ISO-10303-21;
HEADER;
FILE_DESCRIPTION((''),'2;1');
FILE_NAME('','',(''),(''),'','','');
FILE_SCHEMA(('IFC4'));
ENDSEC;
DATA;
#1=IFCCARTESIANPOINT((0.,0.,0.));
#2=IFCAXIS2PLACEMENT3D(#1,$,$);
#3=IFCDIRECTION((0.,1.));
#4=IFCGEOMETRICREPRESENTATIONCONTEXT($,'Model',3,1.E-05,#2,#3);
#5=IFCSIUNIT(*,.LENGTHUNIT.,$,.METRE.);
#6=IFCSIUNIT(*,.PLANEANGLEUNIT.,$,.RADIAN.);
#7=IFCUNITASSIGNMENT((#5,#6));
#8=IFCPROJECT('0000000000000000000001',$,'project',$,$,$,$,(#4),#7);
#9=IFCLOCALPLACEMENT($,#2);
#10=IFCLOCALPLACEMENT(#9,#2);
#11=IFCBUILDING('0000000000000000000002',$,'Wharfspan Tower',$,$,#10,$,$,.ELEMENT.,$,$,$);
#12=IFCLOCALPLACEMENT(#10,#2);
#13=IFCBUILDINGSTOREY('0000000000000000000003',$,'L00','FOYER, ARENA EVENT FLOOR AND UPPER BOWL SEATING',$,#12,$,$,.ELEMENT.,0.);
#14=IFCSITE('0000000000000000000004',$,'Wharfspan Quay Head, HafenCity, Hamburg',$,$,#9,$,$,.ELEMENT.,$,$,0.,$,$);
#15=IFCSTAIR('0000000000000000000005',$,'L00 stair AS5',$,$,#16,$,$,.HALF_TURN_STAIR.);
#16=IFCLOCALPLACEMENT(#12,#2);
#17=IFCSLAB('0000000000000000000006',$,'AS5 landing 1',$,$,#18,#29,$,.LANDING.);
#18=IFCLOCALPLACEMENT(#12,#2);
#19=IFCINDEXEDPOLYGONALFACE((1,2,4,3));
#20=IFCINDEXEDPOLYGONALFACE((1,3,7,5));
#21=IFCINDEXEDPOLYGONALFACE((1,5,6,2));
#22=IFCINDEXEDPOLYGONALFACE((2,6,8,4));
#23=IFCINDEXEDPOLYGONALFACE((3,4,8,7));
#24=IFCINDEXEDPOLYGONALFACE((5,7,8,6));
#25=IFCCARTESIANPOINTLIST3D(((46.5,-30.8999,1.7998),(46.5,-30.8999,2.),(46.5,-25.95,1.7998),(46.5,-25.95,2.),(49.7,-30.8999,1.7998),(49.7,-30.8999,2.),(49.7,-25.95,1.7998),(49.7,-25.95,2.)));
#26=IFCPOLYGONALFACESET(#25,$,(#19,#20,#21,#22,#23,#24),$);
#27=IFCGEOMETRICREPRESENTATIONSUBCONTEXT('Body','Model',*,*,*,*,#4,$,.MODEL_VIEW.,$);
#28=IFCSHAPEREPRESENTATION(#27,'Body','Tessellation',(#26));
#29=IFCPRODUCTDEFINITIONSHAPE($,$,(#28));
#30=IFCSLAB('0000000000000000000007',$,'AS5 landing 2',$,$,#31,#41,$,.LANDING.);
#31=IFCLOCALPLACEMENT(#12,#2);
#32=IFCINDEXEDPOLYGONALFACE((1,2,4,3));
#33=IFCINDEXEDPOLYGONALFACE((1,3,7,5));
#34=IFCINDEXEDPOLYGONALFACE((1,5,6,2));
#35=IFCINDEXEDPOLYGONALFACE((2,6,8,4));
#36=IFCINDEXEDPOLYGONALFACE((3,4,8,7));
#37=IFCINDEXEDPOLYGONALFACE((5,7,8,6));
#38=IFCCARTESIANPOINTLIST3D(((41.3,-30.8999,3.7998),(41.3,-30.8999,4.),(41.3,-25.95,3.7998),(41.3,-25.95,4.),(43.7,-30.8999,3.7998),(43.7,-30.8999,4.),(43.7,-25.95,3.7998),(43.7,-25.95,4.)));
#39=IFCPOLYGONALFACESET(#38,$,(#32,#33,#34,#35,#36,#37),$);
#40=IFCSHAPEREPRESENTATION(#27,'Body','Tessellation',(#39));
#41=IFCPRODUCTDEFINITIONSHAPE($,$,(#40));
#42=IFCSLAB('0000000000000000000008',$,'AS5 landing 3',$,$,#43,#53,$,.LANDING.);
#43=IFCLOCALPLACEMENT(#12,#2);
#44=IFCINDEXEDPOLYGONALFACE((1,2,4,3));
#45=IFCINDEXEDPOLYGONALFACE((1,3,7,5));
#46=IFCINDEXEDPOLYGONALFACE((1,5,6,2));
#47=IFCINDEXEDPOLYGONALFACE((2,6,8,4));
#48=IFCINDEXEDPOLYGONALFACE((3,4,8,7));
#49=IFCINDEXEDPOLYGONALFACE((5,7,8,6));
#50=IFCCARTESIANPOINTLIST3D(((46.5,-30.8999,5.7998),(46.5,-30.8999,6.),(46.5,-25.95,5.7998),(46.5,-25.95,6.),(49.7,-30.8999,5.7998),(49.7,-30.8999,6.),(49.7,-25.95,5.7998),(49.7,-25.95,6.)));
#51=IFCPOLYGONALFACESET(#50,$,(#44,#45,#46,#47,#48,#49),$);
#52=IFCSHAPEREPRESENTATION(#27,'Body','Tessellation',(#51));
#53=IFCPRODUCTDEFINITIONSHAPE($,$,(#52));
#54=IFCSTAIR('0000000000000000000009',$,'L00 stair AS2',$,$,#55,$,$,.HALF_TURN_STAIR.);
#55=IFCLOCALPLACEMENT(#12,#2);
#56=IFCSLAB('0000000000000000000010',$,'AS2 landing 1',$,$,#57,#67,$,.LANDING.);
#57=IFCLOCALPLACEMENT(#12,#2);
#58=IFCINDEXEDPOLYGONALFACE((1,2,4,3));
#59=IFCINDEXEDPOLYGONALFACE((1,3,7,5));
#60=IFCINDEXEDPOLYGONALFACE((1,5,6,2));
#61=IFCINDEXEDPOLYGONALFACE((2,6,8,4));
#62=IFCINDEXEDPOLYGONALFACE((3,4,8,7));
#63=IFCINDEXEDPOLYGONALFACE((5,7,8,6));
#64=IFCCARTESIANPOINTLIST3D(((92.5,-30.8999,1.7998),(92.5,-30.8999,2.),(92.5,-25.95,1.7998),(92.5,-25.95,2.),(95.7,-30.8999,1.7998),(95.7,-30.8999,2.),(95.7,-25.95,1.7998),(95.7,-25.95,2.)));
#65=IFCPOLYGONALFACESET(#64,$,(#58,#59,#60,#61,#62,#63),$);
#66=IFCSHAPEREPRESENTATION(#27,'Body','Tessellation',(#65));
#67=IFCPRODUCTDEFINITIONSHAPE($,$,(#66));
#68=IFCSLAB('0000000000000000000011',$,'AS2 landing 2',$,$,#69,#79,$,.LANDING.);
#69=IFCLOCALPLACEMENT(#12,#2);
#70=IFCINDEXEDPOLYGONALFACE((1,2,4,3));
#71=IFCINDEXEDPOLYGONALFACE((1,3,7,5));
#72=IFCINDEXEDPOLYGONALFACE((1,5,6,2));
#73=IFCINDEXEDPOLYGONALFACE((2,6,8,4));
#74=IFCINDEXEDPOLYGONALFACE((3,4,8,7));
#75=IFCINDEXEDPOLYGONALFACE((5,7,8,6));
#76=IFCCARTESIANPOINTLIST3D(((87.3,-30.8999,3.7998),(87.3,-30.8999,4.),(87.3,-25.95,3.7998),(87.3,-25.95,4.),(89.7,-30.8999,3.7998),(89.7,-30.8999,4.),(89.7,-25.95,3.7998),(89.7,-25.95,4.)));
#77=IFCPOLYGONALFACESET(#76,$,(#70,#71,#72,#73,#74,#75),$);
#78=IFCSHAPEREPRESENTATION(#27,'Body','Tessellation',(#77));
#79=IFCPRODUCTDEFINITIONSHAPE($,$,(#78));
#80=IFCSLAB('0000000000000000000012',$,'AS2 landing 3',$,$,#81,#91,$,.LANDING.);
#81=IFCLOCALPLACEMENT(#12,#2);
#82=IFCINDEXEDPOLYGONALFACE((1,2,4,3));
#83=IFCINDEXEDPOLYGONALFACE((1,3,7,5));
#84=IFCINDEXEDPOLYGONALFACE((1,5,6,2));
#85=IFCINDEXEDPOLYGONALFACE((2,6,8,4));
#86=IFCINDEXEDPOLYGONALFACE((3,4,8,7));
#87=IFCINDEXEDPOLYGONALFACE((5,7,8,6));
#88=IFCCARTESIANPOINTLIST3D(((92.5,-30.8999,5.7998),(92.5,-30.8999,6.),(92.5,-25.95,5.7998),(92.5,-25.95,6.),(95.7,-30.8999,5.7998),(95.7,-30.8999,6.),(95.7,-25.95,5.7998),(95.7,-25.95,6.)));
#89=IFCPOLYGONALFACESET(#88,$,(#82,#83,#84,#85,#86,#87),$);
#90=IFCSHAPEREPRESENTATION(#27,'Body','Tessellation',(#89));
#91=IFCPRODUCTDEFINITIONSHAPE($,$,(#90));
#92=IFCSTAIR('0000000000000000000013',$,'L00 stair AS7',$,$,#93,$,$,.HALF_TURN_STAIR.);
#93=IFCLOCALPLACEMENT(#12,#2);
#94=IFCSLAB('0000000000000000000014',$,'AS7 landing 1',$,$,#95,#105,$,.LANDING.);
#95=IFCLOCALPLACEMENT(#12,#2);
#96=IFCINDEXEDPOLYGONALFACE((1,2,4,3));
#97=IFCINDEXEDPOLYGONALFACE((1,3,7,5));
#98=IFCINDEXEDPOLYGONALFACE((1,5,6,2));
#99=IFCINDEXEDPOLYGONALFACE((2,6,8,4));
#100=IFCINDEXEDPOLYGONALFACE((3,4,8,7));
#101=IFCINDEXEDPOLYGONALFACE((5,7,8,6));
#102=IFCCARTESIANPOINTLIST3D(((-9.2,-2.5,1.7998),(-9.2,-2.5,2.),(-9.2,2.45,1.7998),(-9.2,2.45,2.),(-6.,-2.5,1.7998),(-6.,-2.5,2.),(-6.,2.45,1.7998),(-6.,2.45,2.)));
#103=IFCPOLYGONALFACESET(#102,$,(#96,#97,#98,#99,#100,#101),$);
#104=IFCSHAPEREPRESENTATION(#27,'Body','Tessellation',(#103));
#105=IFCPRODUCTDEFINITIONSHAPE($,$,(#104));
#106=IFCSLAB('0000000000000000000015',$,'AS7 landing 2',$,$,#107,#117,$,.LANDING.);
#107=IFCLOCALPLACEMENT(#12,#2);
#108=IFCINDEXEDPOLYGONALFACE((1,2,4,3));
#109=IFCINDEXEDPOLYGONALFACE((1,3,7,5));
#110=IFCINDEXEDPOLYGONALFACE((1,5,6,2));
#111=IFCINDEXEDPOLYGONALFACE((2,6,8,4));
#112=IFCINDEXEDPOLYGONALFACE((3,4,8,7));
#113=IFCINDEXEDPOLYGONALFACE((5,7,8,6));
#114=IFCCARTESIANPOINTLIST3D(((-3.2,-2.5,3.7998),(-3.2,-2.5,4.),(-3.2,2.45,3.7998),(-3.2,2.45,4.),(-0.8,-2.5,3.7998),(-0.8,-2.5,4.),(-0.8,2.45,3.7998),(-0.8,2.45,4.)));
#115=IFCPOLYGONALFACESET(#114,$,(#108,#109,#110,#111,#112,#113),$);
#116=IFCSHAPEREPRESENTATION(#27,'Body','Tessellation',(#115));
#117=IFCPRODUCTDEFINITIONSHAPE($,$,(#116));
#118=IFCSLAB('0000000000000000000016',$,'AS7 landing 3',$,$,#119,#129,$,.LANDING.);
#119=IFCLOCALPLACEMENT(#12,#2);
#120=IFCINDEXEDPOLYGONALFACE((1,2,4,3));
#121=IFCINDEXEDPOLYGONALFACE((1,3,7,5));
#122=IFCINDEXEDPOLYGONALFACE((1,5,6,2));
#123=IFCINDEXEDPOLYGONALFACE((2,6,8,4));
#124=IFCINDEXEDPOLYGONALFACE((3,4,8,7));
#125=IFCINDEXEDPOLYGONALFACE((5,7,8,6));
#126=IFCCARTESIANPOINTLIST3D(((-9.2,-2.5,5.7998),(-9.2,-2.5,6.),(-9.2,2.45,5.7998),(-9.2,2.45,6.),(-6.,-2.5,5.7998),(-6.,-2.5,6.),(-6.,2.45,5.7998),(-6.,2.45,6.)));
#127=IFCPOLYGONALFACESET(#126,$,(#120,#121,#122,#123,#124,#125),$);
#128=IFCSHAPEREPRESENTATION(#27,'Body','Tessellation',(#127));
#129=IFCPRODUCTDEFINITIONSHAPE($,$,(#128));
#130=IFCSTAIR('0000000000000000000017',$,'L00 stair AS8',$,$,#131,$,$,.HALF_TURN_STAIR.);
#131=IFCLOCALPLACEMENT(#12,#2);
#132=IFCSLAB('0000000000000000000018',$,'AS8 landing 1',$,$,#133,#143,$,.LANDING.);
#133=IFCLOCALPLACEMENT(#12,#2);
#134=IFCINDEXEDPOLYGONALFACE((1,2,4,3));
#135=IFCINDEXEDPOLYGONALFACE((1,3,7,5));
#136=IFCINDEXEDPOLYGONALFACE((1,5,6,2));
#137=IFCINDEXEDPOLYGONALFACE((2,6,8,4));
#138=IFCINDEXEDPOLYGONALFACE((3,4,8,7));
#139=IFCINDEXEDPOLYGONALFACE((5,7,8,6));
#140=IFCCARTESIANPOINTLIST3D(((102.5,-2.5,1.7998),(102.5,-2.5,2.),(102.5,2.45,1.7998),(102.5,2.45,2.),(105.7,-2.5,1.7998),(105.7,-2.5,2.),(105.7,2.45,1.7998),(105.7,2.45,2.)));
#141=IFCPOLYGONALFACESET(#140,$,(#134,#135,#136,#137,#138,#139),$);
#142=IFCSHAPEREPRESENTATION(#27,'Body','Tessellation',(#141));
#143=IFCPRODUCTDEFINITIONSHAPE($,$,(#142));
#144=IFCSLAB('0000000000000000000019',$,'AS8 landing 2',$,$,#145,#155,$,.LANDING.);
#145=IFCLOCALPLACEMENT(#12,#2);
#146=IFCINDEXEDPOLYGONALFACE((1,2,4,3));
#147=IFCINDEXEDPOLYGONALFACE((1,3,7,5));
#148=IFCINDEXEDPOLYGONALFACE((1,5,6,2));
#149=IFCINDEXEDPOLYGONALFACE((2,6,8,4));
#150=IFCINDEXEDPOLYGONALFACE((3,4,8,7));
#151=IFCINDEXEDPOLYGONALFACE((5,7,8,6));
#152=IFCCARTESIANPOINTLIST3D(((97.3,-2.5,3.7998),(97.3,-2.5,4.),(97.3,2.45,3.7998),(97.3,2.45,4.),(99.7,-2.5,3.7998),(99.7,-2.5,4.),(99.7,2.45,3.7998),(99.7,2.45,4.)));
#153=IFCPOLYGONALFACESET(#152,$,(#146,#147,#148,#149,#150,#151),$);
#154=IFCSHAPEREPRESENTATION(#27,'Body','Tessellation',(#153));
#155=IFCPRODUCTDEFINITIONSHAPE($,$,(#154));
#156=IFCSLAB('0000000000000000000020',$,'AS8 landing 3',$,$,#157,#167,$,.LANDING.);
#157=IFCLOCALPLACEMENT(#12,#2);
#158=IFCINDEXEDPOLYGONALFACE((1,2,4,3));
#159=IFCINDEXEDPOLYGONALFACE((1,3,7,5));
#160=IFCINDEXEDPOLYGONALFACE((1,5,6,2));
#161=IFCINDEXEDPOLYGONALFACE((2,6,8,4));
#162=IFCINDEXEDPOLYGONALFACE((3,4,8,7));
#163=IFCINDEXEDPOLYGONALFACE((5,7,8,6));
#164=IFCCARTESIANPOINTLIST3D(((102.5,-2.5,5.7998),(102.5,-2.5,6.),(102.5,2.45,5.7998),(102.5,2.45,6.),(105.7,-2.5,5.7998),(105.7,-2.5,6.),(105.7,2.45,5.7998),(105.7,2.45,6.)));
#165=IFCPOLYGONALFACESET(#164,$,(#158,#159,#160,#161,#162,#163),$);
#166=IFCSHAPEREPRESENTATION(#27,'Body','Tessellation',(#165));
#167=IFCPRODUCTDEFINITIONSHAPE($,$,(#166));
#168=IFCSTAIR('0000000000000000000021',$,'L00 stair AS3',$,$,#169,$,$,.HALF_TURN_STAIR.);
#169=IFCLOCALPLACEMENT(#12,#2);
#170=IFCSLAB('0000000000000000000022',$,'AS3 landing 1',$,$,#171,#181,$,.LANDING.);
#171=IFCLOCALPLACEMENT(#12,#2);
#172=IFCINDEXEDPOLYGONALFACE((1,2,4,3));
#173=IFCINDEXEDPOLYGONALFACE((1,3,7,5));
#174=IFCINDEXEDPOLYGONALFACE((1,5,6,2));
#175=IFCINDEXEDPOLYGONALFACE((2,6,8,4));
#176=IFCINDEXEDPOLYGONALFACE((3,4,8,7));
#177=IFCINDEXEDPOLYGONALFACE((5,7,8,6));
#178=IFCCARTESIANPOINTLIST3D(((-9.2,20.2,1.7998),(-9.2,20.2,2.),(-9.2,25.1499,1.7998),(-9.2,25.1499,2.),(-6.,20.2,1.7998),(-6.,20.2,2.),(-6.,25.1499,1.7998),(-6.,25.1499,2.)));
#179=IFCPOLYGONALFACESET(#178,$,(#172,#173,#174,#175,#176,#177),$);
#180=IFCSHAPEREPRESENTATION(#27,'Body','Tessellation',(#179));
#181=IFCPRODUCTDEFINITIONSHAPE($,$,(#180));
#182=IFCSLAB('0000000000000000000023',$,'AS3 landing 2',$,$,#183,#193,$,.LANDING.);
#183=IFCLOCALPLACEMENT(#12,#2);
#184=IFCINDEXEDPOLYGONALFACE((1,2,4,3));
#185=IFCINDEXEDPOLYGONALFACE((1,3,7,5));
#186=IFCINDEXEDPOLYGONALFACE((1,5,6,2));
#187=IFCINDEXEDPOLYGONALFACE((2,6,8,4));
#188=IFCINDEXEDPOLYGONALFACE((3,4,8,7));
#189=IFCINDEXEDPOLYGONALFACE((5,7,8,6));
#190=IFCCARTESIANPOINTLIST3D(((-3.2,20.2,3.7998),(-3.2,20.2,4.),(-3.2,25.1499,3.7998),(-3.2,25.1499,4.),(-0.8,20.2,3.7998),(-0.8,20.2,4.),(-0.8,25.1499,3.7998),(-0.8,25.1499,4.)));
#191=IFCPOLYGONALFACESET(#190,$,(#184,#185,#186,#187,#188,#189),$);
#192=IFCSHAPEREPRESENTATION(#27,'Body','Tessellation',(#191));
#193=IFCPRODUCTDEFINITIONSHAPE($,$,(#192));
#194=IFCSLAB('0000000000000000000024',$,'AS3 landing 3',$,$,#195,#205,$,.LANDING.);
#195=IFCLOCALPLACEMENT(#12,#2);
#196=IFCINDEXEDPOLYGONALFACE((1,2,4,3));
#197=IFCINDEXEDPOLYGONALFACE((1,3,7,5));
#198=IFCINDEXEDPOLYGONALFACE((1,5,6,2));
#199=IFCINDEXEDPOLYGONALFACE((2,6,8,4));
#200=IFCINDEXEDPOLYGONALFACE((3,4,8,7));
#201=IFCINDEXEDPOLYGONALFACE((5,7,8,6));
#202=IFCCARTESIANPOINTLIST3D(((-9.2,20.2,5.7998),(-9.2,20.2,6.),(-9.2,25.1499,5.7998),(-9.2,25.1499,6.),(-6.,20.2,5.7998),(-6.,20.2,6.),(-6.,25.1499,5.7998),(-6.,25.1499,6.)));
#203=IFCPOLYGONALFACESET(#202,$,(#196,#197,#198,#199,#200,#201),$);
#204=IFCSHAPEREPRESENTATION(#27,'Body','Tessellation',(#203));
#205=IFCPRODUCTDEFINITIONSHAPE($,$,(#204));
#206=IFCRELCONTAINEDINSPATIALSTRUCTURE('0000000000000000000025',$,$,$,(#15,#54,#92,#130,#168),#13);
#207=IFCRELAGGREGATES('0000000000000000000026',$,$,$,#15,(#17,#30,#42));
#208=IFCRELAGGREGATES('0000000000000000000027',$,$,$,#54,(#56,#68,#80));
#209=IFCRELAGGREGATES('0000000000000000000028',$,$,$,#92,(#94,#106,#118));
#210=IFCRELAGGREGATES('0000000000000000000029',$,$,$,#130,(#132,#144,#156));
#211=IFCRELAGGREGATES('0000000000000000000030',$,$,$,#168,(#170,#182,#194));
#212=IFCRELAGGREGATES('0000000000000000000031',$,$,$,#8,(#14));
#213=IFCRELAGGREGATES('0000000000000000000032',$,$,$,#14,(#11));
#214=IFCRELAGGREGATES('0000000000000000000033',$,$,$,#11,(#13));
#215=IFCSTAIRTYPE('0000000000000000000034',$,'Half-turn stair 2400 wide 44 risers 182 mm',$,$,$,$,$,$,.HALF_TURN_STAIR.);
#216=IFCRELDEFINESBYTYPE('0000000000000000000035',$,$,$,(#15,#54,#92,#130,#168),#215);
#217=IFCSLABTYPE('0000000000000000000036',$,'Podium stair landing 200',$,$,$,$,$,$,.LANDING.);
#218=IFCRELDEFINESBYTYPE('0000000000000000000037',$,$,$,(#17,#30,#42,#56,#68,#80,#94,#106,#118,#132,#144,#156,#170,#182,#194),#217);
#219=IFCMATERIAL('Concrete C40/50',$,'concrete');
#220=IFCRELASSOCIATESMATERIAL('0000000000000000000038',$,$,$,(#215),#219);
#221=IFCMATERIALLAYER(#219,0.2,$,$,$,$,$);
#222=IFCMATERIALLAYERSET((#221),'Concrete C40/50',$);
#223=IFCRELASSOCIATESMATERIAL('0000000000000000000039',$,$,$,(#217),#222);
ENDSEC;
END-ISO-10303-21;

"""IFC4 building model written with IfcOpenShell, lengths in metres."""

from ifc_helpers import new_model, si_unit, direction, frame, origin, place, context, subcontext, project, spatial, polyline, outline, extrude, material, layer, layer_set, type_object, element, aggregate, save


model = new_model("IFC4")

# Units and contexts
model_context = context("Model", 3, precision=1e-05, world=origin(), true_north=direction((0.0, 1.0)))
body_context = subcontext(model_context, "Body", "Model", "MODEL_VIEW")
ifc_project = project(units=[si_unit("LENGTHUNIT", "METRE"), si_unit("PLANEANGLEUNIT", "RADIAN")], contexts=[model_context])

# Site, building, storey
site_placement = place(None, origin())
site = spatial("IfcSite", under=ifc_project, at=site_placement, Name="Wharfspan Quay Head, HafenCity, Hamburg", CompositionType="ELEMENT", RefElevation=0.0)
building_placement = place(site_placement, origin())
building = spatial("IfcBuilding", under=site, at=building_placement, Name="Wharfspan Tower", CompositionType="ELEMENT")
storey_placement = place(building_placement, origin())
storey = spatial("IfcBuildingStorey", under=building, at=storey_placement, Name="L00", Description="FOYER, ARENA EVENT FLOOR AND UPPER BOWL SEATING", CompositionType="ELEMENT", Elevation=0.0)

# Stairs, slabs
ifc_material = material(Name="Concrete C40/50", Category="concrete")
stair_type = type_object("IfcStairType", Name="Half-turn stair 2400 wide 44 risers 182 mm", PredefinedType="HALF_TURN_STAIR", material=ifc_material)
stair_1_placement = place(storey_placement, origin())
stair_1 = element("IfcStair", 1, at=stair_1_placement, inside=storey, type_object=stair_type, Name="L00 stair AS5", PredefinedType="HALF_TURN_STAIR")
ifc_layer = layer(ifc_material, 0.2)
ifc_layer_set = layer_set([ifc_layer], Name="Concrete C40/50")
slab_type = type_object("IfcSlabType", Name="Podium stair landing 200", PredefinedType="LANDING", material=ifc_layer_set)
slab_1_placement = place(storey_placement, frame((0.0, 0.0, 1.7998)))
slab_1 = element("IfcSlab", 2, at=slab_1_placement, type_object=slab_type, Name="AS5 landing 1", PredefinedType="LANDING", context=body_context, shape_type="SweptSolid", body=[
    extrude(outline(polyline([(46.5, -30.8999), (49.7, -30.8999), (49.7, -25.95), (46.5, -25.95), (46.5, -30.8999)])), origin(), (0.0, 0.0, 1.0), 0.2002),
])
slab_2_placement = place(storey_placement, frame((0.0, 0.0, 3.7998)))
slab_2 = element("IfcSlab", 3, at=slab_2_placement, type_object=slab_type, Name="AS5 landing 2", PredefinedType="LANDING", context=body_context, shape_type="SweptSolid", body=[
    extrude(outline(polyline([(41.3, -30.8999), (43.7, -30.8999), (43.7, -25.95), (41.3, -25.95), (41.3, -30.8999)])), origin(), (0.0, 0.0, 1.0), 0.2002),
])
slab_3_placement = place(storey_placement, frame((0.0, 0.0, 5.7998)))
slab_3 = element("IfcSlab", 4, at=slab_3_placement, type_object=slab_type, Name="AS5 landing 3", PredefinedType="LANDING", context=body_context, shape_type="SweptSolid", body=[
    extrude(outline(polyline([(46.5, -30.8999), (49.7, -30.8999), (49.7, -25.95), (46.5, -25.95), (46.5, -30.8999)])), origin(), (0.0, 0.0, 1.0), 0.2002),
])
aggregate(stair_1, [slab_1, slab_2, slab_3])
stair_2_placement = place(storey_placement, origin())
stair_2 = element("IfcStair", 5, at=stair_2_placement, inside=storey, type_object=stair_type, Name="L00 stair AS2", PredefinedType="HALF_TURN_STAIR")
slab_4_placement = place(storey_placement, frame((0.0, 0.0, 1.7998)))
slab_4 = element("IfcSlab", 6, at=slab_4_placement, type_object=slab_type, Name="AS2 landing 1", PredefinedType="LANDING", context=body_context, shape_type="SweptSolid", body=[
    extrude(outline(polyline([(92.5, -30.8999), (95.7, -30.8999), (95.7, -25.95), (92.5, -25.95), (92.5, -30.8999)])), origin(), (0.0, 0.0, 1.0), 0.2002),
])
slab_5_placement = place(storey_placement, frame((0.0, 0.0, 3.7998)))
slab_5 = element("IfcSlab", 7, at=slab_5_placement, type_object=slab_type, Name="AS2 landing 2", PredefinedType="LANDING", context=body_context, shape_type="SweptSolid", body=[
    extrude(outline(polyline([(87.3, -30.8999), (89.7, -30.8999), (89.7, -25.95), (87.3, -25.95), (87.3, -30.8999)])), origin(), (0.0, 0.0, 1.0), 0.2002),
])
slab_6_placement = place(storey_placement, frame((0.0, 0.0, 5.7998)))
slab_6 = element("IfcSlab", 8, at=slab_6_placement, type_object=slab_type, Name="AS2 landing 3", PredefinedType="LANDING", context=body_context, shape_type="SweptSolid", body=[
    extrude(outline(polyline([(92.5, -30.8999), (95.7, -30.8999), (95.7, -25.95), (92.5, -25.95), (92.5, -30.8999)])), origin(), (0.0, 0.0, 1.0), 0.2002),
])
aggregate(stair_2, [slab_4, slab_5, slab_6])
stair_3_placement = place(storey_placement, origin())
stair_3 = element("IfcStair", 9, at=stair_3_placement, inside=storey, type_object=stair_type, Name="L00 stair AS7", PredefinedType="HALF_TURN_STAIR")
slab_7_placement = place(storey_placement, frame((0.0, 0.0, 1.7998)))
slab_7 = element("IfcSlab", 10, at=slab_7_placement, type_object=slab_type, Name="AS7 landing 1", PredefinedType="LANDING", context=body_context, shape_type="SweptSolid", body=[
    extrude(outline(polyline([(-6.0, 2.45), (-9.2, 2.45), (-9.2, -2.5), (-6.0, -2.5), (-6.0, 2.45)])), origin(), (0.0, 0.0, 1.0), 0.2002),
])
slab_8_placement = place(storey_placement, frame((0.0, 0.0, 3.7998)))
slab_8 = element("IfcSlab", 11, at=slab_8_placement, type_object=slab_type, Name="AS7 landing 2", PredefinedType="LANDING", context=body_context, shape_type="SweptSolid", body=[
    extrude(outline(polyline([(-0.8, 2.45), (-3.2, 2.45), (-3.2, -2.5), (-0.8, -2.5), (-0.8, 2.45)])), origin(), (0.0, 0.0, 1.0), 0.2002),
])
slab_9_placement = place(storey_placement, frame((0.0, 0.0, 5.7998)))
slab_9 = element("IfcSlab", 12, at=slab_9_placement, type_object=slab_type, Name="AS7 landing 3", PredefinedType="LANDING", context=body_context, shape_type="SweptSolid", body=[
    extrude(outline(polyline([(-6.0, 2.45), (-9.2, 2.45), (-9.2, -2.5), (-6.0, -2.5), (-6.0, 2.45)])), origin(), (0.0, 0.0, 1.0), 0.2002),
])
aggregate(stair_3, [slab_7, slab_8, slab_9])
stair_4_placement = place(storey_placement, origin())
stair_4 = element("IfcStair", 13, at=stair_4_placement, inside=storey, type_object=stair_type, Name="L00 stair AS8", PredefinedType="HALF_TURN_STAIR")
slab_10_placement = place(storey_placement, frame((0.0, 0.0, 1.7998)))
slab_10 = element("IfcSlab", 14, at=slab_10_placement, type_object=slab_type, Name="AS8 landing 1", PredefinedType="LANDING", context=body_context, shape_type="SweptSolid", body=[
    extrude(outline(polyline([(102.5, -2.5), (105.7, -2.5), (105.7, 2.45), (102.5, 2.45), (102.5, -2.5)])), origin(), (0.0, 0.0, 1.0), 0.2002),
])
slab_11_placement = place(storey_placement, frame((0.0, 0.0, 3.7998)))
slab_11 = element("IfcSlab", 15, at=slab_11_placement, type_object=slab_type, Name="AS8 landing 2", PredefinedType="LANDING", context=body_context, shape_type="SweptSolid", body=[
    extrude(outline(polyline([(97.3, -2.5), (99.7, -2.5), (99.7, 2.45), (97.3, 2.45), (97.3, -2.5)])), origin(), (0.0, 0.0, 1.0), 0.2002),
])
slab_12_placement = place(storey_placement, frame((0.0, 0.0, 5.7998)))
slab_12 = element("IfcSlab", 16, at=slab_12_placement, type_object=slab_type, Name="AS8 landing 3", PredefinedType="LANDING", context=body_context, shape_type="SweptSolid", body=[
    extrude(outline(polyline([(102.5, -2.5), (105.7, -2.5), (105.7, 2.45), (102.5, 2.45), (102.5, -2.5)])), origin(), (0.0, 0.0, 1.0), 0.2002),
])
aggregate(stair_4, [slab_10, slab_11, slab_12])
stair_5_placement = place(storey_placement, origin())
stair_5 = element("IfcStair", 17, at=stair_5_placement, inside=storey, type_object=stair_type, Name="L00 stair AS3", PredefinedType="HALF_TURN_STAIR")
slab_13_placement = place(storey_placement, frame((0.0, 0.0, 1.7998)))
slab_13 = element("IfcSlab", 18, at=slab_13_placement, type_object=slab_type, Name="AS3 landing 1", PredefinedType="LANDING", context=body_context, shape_type="SweptSolid", body=[
    extrude(outline(polyline([(-6.0, 25.1499), (-9.2, 25.1499), (-9.2, 20.2), (-6.0, 20.2), (-6.0, 25.1499)])), origin(), (0.0, 0.0, 1.0), 0.2002),
])
slab_14_placement = place(storey_placement, frame((0.0, 0.0, 3.7998)))
slab_14 = element("IfcSlab", 19, at=slab_14_placement, type_object=slab_type, Name="AS3 landing 2", PredefinedType="LANDING", context=body_context, shape_type="SweptSolid", body=[
    extrude(outline(polyline([(-0.8, 25.1499), (-3.2, 25.1499), (-3.2, 20.2), (-0.8, 20.2), (-0.8, 25.1499)])), origin(), (0.0, 0.0, 1.0), 0.2002),
])
slab_15_placement = place(storey_placement, frame((0.0, 0.0, 5.7998)))
slab_15 = element("IfcSlab", 20, at=slab_15_placement, type_object=slab_type, Name="AS3 landing 3", PredefinedType="LANDING", context=body_context, shape_type="SweptSolid", body=[
    extrude(outline(polyline([(-6.0, 25.1499), (-9.2, 25.1499), (-9.2, 20.2), (-6.0, 20.2), (-6.0, 25.1499)])), origin(), (0.0, 0.0, 1.0), 0.2002),
])
aggregate(stair_5, [slab_13, slab_14, slab_15])

save(model, "model.ifc")
